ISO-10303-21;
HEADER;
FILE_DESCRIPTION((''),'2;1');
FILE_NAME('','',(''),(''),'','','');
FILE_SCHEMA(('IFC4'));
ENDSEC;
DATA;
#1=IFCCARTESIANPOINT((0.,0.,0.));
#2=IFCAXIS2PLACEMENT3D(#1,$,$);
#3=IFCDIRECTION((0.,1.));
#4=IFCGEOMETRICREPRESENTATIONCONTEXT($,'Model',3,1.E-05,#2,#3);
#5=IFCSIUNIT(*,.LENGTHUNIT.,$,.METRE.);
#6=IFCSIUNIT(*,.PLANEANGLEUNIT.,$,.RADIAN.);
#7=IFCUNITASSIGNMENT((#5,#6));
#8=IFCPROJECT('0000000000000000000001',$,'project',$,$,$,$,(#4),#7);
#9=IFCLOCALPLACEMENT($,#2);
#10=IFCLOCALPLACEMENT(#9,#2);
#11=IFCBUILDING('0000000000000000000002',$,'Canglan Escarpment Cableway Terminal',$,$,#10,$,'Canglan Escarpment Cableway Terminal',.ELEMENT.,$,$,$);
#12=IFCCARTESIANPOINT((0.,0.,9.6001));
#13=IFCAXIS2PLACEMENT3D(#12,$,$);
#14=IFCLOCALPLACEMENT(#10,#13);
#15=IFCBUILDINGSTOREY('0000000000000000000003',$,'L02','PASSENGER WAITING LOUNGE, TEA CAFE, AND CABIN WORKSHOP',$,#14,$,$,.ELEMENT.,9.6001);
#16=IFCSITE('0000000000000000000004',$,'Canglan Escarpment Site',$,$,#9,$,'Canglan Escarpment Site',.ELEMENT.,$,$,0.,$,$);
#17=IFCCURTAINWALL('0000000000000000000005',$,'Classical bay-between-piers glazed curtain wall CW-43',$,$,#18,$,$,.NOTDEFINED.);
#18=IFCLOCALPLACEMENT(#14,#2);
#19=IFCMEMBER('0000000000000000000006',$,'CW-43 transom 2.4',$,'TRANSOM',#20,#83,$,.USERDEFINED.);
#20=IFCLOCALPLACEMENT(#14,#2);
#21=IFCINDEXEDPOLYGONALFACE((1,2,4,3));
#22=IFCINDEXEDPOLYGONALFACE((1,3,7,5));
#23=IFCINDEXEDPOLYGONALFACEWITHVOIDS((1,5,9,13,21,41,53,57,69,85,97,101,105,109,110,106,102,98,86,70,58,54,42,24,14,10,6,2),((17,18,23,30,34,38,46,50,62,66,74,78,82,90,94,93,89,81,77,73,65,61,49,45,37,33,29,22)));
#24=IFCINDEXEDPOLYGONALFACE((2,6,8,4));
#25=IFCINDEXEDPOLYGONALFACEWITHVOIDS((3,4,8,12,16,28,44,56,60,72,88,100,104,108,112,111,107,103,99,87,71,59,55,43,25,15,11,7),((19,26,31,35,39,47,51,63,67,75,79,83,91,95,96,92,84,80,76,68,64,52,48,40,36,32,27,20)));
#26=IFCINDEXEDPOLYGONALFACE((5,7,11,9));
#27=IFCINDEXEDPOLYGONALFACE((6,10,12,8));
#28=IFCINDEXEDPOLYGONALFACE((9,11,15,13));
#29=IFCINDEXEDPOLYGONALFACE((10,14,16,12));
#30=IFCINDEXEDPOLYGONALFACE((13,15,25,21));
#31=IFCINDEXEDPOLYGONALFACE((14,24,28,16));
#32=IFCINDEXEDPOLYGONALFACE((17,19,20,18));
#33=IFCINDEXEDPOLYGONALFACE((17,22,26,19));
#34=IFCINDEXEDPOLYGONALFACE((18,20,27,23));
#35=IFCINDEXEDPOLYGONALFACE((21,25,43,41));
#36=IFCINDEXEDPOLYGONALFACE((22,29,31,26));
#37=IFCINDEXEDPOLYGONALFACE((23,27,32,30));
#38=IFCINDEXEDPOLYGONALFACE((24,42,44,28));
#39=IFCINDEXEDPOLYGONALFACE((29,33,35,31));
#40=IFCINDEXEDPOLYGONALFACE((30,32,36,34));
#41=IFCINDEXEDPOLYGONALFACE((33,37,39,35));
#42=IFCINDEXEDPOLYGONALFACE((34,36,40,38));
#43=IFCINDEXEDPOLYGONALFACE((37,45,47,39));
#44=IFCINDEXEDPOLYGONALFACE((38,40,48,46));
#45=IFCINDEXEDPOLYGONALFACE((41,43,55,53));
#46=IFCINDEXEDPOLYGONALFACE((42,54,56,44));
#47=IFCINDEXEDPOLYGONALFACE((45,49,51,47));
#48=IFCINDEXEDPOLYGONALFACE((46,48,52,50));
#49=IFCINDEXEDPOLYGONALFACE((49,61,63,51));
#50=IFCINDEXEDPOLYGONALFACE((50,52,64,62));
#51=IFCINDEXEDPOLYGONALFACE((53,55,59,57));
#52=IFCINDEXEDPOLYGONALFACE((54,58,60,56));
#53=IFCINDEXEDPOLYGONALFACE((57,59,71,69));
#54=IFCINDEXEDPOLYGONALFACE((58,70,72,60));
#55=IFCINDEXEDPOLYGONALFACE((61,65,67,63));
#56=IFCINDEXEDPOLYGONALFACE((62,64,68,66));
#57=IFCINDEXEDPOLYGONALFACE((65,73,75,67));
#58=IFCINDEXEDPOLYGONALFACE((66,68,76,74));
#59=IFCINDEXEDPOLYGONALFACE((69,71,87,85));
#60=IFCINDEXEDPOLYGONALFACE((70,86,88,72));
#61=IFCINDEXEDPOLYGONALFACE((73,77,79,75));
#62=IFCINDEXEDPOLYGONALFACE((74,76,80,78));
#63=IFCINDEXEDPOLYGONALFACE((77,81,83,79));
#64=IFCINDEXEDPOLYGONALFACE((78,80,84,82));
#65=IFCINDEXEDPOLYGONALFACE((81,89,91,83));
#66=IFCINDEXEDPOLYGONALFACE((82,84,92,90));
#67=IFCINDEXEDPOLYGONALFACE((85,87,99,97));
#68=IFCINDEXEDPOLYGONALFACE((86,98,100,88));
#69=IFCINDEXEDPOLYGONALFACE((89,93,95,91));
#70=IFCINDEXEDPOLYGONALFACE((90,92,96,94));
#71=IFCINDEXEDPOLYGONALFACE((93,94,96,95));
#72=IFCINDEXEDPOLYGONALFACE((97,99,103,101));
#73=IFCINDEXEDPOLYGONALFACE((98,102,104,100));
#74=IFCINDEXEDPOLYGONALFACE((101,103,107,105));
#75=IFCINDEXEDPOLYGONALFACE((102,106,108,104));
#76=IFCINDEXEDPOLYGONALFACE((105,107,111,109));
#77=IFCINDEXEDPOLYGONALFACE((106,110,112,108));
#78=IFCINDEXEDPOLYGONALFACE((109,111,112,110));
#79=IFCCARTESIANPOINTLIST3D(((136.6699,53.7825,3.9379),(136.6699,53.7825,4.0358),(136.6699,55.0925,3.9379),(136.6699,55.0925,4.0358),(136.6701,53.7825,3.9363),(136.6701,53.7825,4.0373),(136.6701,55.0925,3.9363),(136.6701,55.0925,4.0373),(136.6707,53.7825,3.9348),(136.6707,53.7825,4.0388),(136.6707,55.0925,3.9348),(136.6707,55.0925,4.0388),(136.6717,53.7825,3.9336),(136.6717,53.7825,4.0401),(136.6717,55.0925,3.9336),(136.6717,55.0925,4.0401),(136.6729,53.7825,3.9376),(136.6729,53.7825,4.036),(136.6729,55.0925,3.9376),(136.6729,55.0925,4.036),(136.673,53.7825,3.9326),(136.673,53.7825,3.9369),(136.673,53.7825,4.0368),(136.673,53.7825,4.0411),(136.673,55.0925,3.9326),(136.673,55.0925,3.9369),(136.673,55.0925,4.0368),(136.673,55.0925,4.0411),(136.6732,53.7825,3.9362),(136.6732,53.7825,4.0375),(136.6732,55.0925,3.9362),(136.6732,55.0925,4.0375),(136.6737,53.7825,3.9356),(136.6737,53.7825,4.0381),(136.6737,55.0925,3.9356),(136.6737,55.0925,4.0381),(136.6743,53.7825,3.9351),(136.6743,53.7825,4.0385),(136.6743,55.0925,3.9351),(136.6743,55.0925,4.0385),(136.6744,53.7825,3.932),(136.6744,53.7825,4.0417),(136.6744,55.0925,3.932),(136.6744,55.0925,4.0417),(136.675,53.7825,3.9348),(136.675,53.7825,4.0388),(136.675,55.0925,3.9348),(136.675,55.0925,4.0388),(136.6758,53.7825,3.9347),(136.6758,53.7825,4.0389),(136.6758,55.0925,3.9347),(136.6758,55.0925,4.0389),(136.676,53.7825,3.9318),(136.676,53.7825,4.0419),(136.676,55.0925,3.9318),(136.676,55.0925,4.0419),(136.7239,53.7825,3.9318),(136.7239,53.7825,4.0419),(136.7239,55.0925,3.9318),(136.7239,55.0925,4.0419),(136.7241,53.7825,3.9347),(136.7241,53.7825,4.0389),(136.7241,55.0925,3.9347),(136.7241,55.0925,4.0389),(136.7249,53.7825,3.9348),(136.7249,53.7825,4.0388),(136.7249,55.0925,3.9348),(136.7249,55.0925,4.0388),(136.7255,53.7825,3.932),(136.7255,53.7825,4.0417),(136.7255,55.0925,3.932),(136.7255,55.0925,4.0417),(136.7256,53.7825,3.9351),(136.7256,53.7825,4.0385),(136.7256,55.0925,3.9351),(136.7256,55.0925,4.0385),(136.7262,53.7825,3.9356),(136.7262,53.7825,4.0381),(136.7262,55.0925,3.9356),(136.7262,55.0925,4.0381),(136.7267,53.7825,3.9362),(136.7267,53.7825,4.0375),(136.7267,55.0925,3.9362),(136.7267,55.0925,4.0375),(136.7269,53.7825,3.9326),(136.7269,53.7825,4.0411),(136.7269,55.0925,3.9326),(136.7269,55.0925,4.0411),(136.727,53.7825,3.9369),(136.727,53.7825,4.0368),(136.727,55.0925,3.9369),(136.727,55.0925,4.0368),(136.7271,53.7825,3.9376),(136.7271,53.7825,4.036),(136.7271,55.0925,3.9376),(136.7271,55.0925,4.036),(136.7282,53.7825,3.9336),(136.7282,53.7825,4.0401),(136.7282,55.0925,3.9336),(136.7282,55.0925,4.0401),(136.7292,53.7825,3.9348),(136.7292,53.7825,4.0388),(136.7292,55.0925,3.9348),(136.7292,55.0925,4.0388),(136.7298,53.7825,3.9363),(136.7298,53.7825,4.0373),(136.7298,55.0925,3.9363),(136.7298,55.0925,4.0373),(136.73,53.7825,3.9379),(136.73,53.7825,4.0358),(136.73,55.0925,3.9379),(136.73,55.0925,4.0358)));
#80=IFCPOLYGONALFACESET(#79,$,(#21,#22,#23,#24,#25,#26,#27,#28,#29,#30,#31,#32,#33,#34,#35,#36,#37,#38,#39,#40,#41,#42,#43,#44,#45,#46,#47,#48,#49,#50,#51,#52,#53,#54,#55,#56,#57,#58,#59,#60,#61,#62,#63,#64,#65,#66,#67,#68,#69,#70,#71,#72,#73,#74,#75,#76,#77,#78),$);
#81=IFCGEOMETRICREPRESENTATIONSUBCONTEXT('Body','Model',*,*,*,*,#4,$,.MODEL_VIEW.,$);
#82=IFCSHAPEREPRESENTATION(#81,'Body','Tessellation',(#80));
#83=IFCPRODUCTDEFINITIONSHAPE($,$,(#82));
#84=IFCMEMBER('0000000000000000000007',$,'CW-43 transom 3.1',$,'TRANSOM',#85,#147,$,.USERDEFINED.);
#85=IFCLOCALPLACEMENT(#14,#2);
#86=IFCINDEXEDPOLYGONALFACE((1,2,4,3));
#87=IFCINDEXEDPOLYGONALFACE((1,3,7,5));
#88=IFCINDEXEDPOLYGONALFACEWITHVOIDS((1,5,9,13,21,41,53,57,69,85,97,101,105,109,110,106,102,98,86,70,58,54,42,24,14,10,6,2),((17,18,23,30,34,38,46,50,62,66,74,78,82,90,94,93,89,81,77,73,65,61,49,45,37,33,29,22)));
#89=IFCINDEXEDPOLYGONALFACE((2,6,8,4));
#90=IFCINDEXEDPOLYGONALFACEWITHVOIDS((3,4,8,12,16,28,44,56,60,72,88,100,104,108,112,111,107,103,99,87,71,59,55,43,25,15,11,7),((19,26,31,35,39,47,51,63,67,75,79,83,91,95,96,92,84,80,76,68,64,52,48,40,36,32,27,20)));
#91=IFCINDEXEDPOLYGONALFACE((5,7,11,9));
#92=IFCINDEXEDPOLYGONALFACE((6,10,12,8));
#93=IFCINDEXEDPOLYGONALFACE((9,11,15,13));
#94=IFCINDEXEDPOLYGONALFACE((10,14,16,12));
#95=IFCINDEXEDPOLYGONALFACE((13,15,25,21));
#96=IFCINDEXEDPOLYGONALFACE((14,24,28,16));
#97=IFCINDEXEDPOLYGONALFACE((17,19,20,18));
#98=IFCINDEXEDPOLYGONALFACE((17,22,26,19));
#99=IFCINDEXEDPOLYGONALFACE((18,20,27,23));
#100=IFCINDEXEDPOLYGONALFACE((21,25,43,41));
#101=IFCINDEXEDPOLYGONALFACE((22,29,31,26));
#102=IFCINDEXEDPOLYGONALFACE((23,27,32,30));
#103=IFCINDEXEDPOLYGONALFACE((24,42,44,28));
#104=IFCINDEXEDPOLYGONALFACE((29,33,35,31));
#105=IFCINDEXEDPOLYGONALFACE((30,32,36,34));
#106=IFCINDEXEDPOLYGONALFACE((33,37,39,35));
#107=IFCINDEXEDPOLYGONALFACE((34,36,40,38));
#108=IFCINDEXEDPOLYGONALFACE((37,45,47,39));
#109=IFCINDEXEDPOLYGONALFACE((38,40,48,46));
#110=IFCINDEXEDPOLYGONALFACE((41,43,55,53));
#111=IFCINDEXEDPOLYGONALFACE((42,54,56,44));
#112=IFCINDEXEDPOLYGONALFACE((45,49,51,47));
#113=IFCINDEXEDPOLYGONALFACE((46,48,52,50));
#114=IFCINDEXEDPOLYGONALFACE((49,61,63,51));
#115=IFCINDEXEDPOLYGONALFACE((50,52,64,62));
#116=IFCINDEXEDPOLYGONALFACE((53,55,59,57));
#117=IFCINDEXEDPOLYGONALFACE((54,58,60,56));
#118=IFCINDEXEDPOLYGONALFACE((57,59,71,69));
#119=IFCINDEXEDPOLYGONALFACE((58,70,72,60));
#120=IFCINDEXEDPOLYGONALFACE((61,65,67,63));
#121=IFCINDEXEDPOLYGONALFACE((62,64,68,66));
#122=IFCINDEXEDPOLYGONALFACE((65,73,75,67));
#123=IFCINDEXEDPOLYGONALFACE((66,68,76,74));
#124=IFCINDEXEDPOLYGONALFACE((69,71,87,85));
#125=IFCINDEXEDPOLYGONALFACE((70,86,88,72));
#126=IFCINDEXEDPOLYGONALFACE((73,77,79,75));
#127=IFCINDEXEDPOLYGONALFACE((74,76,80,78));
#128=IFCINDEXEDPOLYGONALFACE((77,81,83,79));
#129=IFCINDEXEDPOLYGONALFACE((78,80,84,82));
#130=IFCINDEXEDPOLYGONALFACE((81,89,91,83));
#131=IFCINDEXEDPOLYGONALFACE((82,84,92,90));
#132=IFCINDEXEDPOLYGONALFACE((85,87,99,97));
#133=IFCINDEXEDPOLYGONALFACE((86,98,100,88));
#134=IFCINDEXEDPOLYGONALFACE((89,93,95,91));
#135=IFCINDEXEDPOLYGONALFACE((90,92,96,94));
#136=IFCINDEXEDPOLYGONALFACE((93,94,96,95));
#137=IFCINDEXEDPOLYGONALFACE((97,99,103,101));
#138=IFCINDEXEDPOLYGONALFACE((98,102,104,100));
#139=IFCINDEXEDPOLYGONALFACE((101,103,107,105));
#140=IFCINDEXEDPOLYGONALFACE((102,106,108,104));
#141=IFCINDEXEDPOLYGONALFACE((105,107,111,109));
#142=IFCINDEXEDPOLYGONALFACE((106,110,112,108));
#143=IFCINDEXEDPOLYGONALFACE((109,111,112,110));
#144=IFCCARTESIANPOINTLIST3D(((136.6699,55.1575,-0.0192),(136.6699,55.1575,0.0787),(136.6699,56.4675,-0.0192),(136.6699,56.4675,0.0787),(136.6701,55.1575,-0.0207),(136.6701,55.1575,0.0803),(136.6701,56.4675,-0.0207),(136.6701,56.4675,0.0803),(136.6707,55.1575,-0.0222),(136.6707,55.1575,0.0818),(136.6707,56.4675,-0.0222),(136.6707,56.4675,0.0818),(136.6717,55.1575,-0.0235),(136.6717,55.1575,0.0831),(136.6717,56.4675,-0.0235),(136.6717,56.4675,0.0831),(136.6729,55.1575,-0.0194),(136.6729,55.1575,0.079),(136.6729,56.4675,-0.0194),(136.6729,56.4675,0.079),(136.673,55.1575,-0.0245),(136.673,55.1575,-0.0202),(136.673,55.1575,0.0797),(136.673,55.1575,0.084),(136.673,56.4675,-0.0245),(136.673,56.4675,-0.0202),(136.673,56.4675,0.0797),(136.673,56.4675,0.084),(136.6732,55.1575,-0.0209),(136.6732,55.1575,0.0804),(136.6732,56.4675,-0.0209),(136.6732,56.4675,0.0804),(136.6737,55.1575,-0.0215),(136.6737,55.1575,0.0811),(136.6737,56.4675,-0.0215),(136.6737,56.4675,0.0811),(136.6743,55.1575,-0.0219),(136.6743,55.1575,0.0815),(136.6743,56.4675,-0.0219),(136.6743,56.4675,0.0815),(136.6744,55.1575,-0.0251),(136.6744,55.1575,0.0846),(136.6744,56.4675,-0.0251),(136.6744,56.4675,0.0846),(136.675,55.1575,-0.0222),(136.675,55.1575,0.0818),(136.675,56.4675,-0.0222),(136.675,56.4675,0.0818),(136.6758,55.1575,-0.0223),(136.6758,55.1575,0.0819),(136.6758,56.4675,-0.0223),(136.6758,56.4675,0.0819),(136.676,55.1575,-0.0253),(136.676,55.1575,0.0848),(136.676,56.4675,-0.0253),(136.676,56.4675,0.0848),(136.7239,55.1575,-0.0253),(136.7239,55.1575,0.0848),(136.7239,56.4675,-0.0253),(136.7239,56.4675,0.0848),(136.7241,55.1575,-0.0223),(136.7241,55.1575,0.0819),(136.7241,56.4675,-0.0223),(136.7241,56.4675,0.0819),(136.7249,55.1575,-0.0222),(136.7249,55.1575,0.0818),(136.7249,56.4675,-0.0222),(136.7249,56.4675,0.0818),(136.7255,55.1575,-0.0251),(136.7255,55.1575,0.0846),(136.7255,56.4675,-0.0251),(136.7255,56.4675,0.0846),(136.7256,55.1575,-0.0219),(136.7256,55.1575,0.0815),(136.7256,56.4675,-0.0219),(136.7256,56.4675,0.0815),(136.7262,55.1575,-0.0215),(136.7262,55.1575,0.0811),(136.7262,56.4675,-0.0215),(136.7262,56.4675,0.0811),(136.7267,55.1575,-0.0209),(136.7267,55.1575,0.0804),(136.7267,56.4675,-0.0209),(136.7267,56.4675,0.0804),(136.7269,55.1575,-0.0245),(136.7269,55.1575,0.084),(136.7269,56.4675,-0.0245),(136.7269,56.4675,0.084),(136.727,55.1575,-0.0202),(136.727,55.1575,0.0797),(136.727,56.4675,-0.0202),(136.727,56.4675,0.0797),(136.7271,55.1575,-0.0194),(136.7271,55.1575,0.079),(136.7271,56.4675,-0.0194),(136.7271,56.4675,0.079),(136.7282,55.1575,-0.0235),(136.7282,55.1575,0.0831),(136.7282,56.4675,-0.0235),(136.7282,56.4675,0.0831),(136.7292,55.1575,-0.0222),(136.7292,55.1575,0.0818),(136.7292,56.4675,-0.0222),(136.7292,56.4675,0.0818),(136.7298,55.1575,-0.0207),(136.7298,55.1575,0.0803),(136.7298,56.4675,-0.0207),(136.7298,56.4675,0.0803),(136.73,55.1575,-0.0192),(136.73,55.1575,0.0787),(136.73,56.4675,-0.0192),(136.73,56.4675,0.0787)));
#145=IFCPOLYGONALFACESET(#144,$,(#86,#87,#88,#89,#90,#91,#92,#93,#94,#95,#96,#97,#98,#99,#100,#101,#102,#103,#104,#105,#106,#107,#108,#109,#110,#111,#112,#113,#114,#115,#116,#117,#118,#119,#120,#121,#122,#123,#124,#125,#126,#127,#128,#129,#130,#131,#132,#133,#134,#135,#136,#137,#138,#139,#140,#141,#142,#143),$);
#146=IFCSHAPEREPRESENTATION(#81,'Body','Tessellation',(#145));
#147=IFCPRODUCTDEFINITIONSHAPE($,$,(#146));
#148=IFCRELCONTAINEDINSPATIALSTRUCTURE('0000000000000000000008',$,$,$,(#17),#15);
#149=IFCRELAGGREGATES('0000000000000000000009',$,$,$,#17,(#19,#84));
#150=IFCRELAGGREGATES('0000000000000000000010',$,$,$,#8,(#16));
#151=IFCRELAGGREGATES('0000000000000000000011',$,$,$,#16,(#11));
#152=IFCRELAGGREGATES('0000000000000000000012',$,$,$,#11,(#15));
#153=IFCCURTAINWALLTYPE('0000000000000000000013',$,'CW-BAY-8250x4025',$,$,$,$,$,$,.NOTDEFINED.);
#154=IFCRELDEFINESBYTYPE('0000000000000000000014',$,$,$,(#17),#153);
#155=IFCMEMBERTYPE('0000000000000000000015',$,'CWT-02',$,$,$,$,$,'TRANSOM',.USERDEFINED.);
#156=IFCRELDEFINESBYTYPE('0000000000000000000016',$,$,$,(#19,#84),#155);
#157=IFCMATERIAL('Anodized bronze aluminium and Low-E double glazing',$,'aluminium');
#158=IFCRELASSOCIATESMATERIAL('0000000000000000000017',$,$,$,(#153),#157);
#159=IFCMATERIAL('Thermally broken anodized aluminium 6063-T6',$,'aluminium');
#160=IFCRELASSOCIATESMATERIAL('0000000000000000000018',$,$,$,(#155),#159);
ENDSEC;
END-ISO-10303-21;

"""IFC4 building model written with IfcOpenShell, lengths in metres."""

from ifc_helpers import new_model, si_unit, direction, frame, origin, origin_2d, place, context, subcontext, project, spatial, hollow_rectangle, extrude, material, material_profile, profile_set, type_object, element, aggregate, save


model = new_model("IFC4")

# Units and contexts
model_context = context("Model", 3, precision=1e-05, world=origin(), true_north=direction((0.0, 1.0)))
body_context = subcontext(model_context, "Body", "Model", "MODEL_VIEW")
ifc_project = project(units=[si_unit("LENGTHUNIT", "METRE"), si_unit("PLANEANGLEUNIT", "RADIAN")], contexts=[model_context])

# Site, building, storey
site_placement = place(None, origin())
site = spatial("IfcSite", under=ifc_project, at=site_placement, Name="Canglan Escarpment Site", LongName="Canglan Escarpment Site", CompositionType="ELEMENT", RefElevation=0.0)
building_placement = place(site_placement, origin())
building = spatial("IfcBuilding", under=site, at=building_placement, Name="Canglan Escarpment Cableway Terminal", LongName="Canglan Escarpment Cableway Terminal", CompositionType="ELEMENT")
storey_placement = place(building_placement, frame((0.0, 0.0, 9.6001)))
storey = spatial("IfcBuildingStorey", under=building, at=storey_placement, Name="L02", Description="PASSENGER WAITING LOUNGE, TEA CAFE, AND CABIN WORKSHOP", CompositionType="ELEMENT", Elevation=9.6001)

# Curtain wall, members
ifc_material_1 = material(Name="Anodized bronze aluminium and Low-E double glazing", Category="aluminium")
curtain_wall_type = type_object("IfcCurtainWallType", Name="CW-BAY-8250x4025", PredefinedType="NOTDEFINED", material=ifc_material_1)
curtain_wall_placement = place(storey_placement, origin())
curtain_wall = element("IfcCurtainWall", 1, at=curtain_wall_placement, inside=storey, type_object=curtain_wall_type, Name="Classical bay-between-piers glazed curtain wall CW-43", PredefinedType="NOTDEFINED")
ifc_material_2 = material(Name="Thermally broken anodized aluminium 6063-T6", Category="aluminium")
ifc_material_profile_1 = material_profile(ifc_material_2, hollow_rectangle(XDim=0.0601, YDim=0.1101, WallThickness=0.0029, InnerFilletRadius=0.0029, OuterFilletRadius=0.0061, at=origin_2d()), Name="ALU-TRAN 60x110x3")
ifc_profile_set_1 = profile_set([ifc_material_profile_1], Name="Thermally broken anodized aluminium 6063-T6")
member_type_1 = type_object("IfcMemberType", Name="CWT-02", ElementType="TRANSOM", PredefinedType="USERDEFINED", material=ifc_profile_set_1)
member_1_placement = place(storey_placement, frame((136.7, 53.7825, 3.9868), z_axis=(0.0, 1.0, 0.0), x_axis=(-1.0, 0.0, 0.0)))
member_1 = element("IfcMember", 2, at=member_1_placement, type_object=member_type_1, Name="CW-43 transom 2.4", ObjectType="TRANSOM", PredefinedType="USERDEFINED", context=body_context, shape_type="SweptSolid", body=[
    extrude(hollow_rectangle(XDim=0.0601, YDim=0.1101, WallThickness=0.0029, InnerFilletRadius=0.0029, OuterFilletRadius=0.0061, at=origin_2d()), origin(), (0.0, 0.0, 1.0), 1.3101),
])
member_2_placement = place(storey_placement, frame((136.7, 55.1575, 0.0298), z_axis=(0.0, 1.0, 0.0), x_axis=(-1.0, 0.0, 0.0)))
member_2 = element("IfcMember", 3, at=member_2_placement, type_object=member_type_1, Name="CW-43 transom 3.1", ObjectType="TRANSOM", PredefinedType="USERDEFINED", context=body_context, shape_type="SweptSolid", body=[
    extrude(hollow_rectangle(XDim=0.0601, YDim=0.1101, WallThickness=0.0029, InnerFilletRadius=0.0029, OuterFilletRadius=0.0061, at=origin_2d()), origin(), (0.0, 0.0, 1.0), 1.3101),
])
aggregate(curtain_wall, [member_1, member_2])

save(model, "model.ifc")
